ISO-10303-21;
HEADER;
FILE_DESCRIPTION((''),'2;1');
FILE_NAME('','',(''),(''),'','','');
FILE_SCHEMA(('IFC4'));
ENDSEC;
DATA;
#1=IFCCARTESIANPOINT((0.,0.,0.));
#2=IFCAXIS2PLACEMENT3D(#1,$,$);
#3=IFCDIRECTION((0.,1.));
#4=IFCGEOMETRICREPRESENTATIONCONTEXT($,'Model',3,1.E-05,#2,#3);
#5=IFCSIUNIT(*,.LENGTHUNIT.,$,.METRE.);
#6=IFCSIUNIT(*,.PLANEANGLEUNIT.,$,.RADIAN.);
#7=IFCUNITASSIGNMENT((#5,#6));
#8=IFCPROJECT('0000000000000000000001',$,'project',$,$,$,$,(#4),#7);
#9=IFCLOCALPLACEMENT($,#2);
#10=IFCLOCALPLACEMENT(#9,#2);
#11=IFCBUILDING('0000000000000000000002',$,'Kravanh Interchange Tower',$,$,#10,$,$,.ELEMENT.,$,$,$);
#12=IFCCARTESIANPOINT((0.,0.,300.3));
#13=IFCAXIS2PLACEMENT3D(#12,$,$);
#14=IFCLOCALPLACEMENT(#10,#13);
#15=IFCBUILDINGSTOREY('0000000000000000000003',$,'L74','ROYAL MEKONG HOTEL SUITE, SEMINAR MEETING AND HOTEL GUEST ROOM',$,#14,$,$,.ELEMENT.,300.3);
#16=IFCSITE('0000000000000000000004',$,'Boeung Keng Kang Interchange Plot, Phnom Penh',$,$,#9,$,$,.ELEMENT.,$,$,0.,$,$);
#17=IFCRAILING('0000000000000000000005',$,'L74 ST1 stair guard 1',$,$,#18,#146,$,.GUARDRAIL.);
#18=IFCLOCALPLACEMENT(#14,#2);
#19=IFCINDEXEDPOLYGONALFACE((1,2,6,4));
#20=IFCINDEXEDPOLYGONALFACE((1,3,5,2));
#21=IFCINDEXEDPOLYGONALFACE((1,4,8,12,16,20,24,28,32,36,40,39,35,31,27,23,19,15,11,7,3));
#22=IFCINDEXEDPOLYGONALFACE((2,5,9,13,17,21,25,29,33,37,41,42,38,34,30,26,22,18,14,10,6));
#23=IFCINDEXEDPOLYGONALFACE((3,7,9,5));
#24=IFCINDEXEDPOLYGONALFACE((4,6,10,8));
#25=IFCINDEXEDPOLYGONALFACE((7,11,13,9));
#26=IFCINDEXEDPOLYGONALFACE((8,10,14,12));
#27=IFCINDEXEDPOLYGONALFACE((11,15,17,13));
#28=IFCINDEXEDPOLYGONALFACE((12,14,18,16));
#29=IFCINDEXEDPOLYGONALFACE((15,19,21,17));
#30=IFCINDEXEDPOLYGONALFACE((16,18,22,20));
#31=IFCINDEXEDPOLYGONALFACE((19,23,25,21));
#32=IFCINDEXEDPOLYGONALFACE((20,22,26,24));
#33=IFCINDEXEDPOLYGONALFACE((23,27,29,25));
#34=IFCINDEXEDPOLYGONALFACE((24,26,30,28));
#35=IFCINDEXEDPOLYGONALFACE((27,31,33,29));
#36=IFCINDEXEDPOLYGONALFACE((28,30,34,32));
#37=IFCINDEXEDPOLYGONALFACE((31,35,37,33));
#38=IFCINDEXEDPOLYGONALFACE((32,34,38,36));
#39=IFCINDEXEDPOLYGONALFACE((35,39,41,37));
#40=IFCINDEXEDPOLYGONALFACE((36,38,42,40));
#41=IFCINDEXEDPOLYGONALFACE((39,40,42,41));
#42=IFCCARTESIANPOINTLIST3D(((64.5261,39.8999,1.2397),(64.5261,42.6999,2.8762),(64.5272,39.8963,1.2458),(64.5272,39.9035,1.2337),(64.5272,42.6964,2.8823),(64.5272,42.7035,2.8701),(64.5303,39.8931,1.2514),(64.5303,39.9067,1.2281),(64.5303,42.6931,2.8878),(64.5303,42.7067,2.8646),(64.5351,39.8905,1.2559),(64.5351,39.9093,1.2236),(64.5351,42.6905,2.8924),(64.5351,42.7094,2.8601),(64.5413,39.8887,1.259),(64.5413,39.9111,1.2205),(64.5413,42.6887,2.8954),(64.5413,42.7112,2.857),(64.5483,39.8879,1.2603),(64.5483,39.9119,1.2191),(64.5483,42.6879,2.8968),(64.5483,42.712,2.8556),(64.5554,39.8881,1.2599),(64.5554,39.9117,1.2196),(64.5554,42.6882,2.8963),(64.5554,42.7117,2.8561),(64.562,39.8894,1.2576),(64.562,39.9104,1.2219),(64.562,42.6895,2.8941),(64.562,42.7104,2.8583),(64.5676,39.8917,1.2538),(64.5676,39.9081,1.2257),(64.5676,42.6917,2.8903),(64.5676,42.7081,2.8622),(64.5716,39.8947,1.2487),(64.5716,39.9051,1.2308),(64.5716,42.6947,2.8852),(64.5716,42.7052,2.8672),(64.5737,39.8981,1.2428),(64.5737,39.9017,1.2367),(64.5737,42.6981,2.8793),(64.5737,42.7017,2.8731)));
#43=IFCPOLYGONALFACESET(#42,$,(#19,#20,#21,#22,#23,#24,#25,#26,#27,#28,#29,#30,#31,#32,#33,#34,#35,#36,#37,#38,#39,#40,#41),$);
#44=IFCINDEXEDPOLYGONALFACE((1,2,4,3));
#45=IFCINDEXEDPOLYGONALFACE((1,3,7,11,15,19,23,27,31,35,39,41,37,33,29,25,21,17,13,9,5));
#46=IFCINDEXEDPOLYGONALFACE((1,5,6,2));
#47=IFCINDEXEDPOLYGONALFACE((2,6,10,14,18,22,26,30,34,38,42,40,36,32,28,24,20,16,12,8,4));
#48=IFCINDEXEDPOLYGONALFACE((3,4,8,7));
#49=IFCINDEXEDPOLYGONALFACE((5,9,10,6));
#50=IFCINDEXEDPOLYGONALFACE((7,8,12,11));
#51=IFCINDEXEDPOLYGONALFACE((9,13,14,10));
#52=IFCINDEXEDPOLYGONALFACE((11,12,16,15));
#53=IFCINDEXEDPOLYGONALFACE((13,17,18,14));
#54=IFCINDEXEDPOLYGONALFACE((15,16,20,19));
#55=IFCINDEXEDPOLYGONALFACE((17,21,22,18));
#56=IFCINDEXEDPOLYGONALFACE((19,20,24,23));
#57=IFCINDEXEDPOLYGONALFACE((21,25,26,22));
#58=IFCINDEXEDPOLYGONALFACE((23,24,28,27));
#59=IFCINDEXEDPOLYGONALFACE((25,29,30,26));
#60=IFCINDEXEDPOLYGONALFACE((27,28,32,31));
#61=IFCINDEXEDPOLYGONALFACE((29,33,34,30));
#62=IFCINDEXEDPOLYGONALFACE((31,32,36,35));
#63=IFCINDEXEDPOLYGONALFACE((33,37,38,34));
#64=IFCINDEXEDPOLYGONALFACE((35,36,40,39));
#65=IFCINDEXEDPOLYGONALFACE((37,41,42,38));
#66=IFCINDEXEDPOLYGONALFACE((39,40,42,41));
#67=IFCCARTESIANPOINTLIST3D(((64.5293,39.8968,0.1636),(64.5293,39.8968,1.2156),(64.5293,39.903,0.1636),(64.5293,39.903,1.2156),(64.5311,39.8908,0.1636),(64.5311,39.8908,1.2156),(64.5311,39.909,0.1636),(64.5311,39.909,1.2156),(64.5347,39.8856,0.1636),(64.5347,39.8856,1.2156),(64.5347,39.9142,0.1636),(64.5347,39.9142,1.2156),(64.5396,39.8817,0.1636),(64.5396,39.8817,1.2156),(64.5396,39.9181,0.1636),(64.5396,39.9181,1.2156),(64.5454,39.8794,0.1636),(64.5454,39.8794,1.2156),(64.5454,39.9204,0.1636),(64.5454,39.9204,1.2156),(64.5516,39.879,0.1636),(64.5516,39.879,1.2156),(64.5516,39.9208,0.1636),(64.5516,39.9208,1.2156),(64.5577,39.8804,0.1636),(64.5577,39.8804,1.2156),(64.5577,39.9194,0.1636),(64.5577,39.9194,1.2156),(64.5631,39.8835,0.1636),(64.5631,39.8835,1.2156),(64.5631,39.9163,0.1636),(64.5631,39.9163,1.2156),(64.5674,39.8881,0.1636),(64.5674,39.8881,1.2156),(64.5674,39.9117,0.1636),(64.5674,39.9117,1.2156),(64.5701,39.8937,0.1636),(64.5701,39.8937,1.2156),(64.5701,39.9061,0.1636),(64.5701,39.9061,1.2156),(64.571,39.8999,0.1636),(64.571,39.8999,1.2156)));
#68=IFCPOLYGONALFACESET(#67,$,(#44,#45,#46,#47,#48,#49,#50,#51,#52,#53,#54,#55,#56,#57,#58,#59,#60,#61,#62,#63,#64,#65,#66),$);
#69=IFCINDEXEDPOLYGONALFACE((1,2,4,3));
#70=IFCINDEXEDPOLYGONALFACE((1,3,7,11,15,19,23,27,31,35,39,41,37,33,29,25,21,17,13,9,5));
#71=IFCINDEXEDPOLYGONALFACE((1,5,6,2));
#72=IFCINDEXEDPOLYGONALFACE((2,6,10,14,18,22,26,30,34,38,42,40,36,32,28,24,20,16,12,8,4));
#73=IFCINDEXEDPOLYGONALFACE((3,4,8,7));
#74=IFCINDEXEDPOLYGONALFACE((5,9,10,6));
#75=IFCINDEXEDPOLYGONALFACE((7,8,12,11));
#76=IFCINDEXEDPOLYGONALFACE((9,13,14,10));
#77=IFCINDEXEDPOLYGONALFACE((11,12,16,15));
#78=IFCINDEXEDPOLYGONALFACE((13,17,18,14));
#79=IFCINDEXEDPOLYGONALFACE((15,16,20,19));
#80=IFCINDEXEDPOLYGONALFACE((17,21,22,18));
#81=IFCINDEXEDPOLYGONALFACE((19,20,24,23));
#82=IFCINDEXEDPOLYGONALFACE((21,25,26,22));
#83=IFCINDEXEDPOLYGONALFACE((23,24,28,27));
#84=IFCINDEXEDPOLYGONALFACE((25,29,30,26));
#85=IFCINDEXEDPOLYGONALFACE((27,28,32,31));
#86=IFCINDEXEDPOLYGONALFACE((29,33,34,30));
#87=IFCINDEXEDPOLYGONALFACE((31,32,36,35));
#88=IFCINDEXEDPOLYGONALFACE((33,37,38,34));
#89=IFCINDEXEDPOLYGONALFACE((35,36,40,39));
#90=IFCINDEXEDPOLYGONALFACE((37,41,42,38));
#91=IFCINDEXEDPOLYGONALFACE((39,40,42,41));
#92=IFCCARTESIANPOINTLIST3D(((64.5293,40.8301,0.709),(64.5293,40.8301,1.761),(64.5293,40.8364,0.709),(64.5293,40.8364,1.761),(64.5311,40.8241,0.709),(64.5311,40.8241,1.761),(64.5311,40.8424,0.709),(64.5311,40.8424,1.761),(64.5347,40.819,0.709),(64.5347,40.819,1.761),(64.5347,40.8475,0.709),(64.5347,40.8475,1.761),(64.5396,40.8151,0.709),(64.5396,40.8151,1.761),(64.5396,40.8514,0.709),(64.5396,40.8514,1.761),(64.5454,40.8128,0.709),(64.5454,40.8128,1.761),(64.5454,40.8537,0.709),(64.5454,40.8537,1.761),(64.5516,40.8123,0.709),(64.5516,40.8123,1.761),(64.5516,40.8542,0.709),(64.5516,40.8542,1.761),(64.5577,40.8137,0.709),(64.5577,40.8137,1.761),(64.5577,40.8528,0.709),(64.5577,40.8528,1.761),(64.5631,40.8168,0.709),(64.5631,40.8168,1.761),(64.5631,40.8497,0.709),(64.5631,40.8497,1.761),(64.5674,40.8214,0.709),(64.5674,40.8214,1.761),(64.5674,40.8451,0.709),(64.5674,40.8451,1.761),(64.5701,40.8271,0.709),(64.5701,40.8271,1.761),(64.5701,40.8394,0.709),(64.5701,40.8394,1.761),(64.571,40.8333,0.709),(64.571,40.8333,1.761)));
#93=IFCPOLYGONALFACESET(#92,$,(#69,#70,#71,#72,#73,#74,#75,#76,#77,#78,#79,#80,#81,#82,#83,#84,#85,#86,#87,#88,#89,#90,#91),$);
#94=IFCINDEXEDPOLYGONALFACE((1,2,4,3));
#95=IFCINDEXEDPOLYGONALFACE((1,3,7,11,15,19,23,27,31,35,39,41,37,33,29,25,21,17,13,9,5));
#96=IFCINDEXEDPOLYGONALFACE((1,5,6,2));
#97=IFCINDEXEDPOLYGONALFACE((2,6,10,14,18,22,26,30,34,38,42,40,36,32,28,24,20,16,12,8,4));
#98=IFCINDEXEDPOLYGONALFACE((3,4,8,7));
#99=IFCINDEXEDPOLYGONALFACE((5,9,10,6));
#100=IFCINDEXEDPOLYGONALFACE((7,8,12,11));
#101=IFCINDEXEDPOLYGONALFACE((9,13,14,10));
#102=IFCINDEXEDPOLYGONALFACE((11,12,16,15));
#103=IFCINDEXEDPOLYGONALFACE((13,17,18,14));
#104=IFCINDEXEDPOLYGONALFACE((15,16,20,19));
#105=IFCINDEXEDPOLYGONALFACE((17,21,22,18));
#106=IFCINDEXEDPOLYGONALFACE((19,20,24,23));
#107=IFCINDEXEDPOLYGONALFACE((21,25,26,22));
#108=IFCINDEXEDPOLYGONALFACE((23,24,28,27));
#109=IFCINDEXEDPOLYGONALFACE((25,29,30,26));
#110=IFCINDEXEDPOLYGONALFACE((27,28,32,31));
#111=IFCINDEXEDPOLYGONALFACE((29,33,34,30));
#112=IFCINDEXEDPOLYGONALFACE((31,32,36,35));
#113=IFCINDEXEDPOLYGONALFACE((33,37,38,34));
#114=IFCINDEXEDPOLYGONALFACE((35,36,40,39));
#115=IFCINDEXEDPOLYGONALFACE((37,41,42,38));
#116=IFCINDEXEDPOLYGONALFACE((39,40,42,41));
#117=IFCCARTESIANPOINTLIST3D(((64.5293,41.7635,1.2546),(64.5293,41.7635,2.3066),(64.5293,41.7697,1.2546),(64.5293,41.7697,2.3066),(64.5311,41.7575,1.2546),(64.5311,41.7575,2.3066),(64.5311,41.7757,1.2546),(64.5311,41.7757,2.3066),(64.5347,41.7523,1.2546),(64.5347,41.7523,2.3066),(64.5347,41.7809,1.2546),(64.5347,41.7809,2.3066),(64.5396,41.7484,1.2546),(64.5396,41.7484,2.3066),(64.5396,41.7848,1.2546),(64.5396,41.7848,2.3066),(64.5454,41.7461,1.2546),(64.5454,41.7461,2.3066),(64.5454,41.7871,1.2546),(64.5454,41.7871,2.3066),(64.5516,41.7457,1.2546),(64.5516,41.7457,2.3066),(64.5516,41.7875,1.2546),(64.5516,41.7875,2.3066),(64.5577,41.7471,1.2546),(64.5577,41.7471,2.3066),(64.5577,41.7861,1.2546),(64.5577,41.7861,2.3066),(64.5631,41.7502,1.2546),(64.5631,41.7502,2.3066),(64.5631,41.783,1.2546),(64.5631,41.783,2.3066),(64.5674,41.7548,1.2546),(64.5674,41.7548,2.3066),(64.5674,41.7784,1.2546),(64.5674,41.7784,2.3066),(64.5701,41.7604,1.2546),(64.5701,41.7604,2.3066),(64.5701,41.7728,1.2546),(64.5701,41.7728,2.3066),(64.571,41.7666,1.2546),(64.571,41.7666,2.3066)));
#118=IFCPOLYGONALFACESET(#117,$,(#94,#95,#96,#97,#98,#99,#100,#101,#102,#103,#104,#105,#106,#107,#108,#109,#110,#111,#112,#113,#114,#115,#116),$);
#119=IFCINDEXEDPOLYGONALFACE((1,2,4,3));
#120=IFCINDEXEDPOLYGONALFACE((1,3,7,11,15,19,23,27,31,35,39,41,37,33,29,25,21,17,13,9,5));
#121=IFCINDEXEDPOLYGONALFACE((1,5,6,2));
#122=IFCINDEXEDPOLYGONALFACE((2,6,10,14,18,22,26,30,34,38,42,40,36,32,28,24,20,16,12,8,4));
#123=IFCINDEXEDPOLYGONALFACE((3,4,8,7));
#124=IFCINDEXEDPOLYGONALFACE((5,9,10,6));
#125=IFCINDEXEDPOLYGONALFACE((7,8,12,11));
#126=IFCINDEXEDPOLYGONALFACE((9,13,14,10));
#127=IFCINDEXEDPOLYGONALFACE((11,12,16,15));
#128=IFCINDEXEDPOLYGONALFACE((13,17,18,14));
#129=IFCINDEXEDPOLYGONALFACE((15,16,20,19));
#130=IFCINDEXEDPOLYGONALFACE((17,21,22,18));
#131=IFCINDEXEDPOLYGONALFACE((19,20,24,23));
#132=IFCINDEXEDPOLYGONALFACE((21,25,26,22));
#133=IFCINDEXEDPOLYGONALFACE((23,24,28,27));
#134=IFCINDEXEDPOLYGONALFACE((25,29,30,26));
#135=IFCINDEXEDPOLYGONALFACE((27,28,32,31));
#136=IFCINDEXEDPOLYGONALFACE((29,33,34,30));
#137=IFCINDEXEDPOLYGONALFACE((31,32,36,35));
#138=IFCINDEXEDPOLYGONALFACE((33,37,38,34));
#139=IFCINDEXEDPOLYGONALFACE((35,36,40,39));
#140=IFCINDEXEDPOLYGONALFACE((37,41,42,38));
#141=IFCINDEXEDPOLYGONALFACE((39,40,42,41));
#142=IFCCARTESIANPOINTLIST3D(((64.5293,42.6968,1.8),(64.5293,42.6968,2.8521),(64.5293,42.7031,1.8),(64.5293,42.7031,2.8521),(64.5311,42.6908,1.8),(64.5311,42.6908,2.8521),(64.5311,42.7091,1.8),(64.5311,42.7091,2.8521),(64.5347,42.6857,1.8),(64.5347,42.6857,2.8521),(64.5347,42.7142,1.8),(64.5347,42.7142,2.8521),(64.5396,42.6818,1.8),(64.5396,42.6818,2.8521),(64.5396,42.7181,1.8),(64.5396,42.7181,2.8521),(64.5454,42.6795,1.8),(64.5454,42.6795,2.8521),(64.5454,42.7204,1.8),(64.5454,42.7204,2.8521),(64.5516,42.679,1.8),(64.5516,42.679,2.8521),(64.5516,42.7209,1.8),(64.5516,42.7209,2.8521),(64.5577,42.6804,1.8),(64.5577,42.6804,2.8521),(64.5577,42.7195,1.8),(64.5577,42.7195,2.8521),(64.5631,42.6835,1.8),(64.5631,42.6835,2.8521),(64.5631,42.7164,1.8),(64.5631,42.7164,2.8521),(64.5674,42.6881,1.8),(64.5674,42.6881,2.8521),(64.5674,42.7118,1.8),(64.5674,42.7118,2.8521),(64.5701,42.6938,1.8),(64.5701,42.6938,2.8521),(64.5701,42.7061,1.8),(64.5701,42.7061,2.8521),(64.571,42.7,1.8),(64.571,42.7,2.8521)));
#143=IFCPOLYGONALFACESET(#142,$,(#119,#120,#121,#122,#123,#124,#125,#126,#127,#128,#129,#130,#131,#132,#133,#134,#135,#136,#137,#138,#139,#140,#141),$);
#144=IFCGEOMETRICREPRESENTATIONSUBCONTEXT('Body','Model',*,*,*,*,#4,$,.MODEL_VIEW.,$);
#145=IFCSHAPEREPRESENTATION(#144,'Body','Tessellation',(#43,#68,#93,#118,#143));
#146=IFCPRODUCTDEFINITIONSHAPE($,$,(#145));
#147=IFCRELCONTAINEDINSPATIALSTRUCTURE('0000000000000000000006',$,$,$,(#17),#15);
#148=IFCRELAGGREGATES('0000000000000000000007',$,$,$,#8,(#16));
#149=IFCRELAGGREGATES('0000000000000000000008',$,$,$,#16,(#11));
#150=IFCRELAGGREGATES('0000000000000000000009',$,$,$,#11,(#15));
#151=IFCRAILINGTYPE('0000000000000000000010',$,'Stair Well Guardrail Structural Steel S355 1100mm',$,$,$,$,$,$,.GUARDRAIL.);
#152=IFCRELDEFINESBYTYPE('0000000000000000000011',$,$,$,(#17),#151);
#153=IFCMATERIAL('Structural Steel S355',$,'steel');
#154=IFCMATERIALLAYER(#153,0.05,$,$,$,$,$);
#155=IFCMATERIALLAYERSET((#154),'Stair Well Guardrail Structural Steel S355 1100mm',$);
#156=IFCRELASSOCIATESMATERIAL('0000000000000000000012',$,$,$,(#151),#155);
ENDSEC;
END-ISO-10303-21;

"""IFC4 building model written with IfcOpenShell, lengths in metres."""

from ifc_helpers import new_model, si_unit, direction, frame, origin, origin_2d, place, context, subcontext, project, spatial, circle, extrude, material, layer, layer_set, type_object, element, save


model = new_model("IFC4")

# Units and contexts
model_context = context("Model", 3, precision=1e-05, world=origin(), true_north=direction((0.0, 1.0)))
body_context = subcontext(model_context, "Body", "Model", "MODEL_VIEW")
ifc_project = project(units=[si_unit("LENGTHUNIT", "METRE"), si_unit("PLANEANGLEUNIT", "RADIAN")], contexts=[model_context])

# Site, building, storey
site_placement = place(None, origin())
site = spatial("IfcSite", under=ifc_project, at=site_placement, Name="Boeung Keng Kang Interchange Plot, Phnom Penh", CompositionType="ELEMENT", RefElevation=0.0)
building_placement = place(site_placement, origin())
building = spatial("IfcBuilding", under=site, at=building_placement, Name="Kravanh Interchange Tower", CompositionType="ELEMENT")
storey_placement = place(building_placement, frame((0.0, 0.0, 300.3)))
storey = spatial("IfcBuildingStorey", under=building, at=storey_placement, Name="L74", Description="ROYAL MEKONG HOTEL SUITE, SEMINAR MEETING AND HOTEL GUEST ROOM", CompositionType="ELEMENT", Elevation=300.3)

# Railing
ifc_material_1 = material(Name="Structural Steel S355", Category="steel")
ifc_layer_1 = layer(ifc_material_1, 0.05)
ifc_layer_set_1 = layer_set([ifc_layer_1], Name="Stair Well Guardrail Structural Steel S355 1100mm")
railing_type_1 = type_object("IfcRailingType", Name="Stair Well Guardrail Structural Steel S355 1100mm", PredefinedType="GUARDRAIL", material=ifc_layer_set_1)
railing_1_placement = place(storey_placement, frame((64.55, 39.8999, 0.1636)))
element("IfcRailing", 1, at=railing_1_placement, inside=storey, type_object=railing_type_1, Name="L74 ST1 stair guard 1", PredefinedType="GUARDRAIL", context=body_context, shape_type="SweptSolid", body=[
    extrude(circle(Radius=0.0239, at=origin_2d()), frame((0.0, 0.0, 1.0762), z_axis=(0.0, 0.863361, 0.504587), x_axis=(-1.0, 0.0, 0.0)), (0.0, 0.0, 1.0), 3.2432),
    extrude(circle(Radius=0.021, at=origin_2d()), origin(), (0.0, 0.0, 1.0), 1.052),
    extrude(circle(Radius=0.021, at=origin_2d()), frame((0.0, 0.9333, 0.5454)), (0.0, 0.0, 1.0), 1.052),
    extrude(circle(Radius=0.021, at=origin_2d()), frame((0.0, 1.8667, 1.0911)), (0.0, 0.0, 1.0), 1.052),
    extrude(circle(Radius=0.021, at=origin_2d()), frame((0.0, 2.8, 1.6365)), (0.0, 0.0, 1.0), 1.052),
])

save(model, "model.ifc")
